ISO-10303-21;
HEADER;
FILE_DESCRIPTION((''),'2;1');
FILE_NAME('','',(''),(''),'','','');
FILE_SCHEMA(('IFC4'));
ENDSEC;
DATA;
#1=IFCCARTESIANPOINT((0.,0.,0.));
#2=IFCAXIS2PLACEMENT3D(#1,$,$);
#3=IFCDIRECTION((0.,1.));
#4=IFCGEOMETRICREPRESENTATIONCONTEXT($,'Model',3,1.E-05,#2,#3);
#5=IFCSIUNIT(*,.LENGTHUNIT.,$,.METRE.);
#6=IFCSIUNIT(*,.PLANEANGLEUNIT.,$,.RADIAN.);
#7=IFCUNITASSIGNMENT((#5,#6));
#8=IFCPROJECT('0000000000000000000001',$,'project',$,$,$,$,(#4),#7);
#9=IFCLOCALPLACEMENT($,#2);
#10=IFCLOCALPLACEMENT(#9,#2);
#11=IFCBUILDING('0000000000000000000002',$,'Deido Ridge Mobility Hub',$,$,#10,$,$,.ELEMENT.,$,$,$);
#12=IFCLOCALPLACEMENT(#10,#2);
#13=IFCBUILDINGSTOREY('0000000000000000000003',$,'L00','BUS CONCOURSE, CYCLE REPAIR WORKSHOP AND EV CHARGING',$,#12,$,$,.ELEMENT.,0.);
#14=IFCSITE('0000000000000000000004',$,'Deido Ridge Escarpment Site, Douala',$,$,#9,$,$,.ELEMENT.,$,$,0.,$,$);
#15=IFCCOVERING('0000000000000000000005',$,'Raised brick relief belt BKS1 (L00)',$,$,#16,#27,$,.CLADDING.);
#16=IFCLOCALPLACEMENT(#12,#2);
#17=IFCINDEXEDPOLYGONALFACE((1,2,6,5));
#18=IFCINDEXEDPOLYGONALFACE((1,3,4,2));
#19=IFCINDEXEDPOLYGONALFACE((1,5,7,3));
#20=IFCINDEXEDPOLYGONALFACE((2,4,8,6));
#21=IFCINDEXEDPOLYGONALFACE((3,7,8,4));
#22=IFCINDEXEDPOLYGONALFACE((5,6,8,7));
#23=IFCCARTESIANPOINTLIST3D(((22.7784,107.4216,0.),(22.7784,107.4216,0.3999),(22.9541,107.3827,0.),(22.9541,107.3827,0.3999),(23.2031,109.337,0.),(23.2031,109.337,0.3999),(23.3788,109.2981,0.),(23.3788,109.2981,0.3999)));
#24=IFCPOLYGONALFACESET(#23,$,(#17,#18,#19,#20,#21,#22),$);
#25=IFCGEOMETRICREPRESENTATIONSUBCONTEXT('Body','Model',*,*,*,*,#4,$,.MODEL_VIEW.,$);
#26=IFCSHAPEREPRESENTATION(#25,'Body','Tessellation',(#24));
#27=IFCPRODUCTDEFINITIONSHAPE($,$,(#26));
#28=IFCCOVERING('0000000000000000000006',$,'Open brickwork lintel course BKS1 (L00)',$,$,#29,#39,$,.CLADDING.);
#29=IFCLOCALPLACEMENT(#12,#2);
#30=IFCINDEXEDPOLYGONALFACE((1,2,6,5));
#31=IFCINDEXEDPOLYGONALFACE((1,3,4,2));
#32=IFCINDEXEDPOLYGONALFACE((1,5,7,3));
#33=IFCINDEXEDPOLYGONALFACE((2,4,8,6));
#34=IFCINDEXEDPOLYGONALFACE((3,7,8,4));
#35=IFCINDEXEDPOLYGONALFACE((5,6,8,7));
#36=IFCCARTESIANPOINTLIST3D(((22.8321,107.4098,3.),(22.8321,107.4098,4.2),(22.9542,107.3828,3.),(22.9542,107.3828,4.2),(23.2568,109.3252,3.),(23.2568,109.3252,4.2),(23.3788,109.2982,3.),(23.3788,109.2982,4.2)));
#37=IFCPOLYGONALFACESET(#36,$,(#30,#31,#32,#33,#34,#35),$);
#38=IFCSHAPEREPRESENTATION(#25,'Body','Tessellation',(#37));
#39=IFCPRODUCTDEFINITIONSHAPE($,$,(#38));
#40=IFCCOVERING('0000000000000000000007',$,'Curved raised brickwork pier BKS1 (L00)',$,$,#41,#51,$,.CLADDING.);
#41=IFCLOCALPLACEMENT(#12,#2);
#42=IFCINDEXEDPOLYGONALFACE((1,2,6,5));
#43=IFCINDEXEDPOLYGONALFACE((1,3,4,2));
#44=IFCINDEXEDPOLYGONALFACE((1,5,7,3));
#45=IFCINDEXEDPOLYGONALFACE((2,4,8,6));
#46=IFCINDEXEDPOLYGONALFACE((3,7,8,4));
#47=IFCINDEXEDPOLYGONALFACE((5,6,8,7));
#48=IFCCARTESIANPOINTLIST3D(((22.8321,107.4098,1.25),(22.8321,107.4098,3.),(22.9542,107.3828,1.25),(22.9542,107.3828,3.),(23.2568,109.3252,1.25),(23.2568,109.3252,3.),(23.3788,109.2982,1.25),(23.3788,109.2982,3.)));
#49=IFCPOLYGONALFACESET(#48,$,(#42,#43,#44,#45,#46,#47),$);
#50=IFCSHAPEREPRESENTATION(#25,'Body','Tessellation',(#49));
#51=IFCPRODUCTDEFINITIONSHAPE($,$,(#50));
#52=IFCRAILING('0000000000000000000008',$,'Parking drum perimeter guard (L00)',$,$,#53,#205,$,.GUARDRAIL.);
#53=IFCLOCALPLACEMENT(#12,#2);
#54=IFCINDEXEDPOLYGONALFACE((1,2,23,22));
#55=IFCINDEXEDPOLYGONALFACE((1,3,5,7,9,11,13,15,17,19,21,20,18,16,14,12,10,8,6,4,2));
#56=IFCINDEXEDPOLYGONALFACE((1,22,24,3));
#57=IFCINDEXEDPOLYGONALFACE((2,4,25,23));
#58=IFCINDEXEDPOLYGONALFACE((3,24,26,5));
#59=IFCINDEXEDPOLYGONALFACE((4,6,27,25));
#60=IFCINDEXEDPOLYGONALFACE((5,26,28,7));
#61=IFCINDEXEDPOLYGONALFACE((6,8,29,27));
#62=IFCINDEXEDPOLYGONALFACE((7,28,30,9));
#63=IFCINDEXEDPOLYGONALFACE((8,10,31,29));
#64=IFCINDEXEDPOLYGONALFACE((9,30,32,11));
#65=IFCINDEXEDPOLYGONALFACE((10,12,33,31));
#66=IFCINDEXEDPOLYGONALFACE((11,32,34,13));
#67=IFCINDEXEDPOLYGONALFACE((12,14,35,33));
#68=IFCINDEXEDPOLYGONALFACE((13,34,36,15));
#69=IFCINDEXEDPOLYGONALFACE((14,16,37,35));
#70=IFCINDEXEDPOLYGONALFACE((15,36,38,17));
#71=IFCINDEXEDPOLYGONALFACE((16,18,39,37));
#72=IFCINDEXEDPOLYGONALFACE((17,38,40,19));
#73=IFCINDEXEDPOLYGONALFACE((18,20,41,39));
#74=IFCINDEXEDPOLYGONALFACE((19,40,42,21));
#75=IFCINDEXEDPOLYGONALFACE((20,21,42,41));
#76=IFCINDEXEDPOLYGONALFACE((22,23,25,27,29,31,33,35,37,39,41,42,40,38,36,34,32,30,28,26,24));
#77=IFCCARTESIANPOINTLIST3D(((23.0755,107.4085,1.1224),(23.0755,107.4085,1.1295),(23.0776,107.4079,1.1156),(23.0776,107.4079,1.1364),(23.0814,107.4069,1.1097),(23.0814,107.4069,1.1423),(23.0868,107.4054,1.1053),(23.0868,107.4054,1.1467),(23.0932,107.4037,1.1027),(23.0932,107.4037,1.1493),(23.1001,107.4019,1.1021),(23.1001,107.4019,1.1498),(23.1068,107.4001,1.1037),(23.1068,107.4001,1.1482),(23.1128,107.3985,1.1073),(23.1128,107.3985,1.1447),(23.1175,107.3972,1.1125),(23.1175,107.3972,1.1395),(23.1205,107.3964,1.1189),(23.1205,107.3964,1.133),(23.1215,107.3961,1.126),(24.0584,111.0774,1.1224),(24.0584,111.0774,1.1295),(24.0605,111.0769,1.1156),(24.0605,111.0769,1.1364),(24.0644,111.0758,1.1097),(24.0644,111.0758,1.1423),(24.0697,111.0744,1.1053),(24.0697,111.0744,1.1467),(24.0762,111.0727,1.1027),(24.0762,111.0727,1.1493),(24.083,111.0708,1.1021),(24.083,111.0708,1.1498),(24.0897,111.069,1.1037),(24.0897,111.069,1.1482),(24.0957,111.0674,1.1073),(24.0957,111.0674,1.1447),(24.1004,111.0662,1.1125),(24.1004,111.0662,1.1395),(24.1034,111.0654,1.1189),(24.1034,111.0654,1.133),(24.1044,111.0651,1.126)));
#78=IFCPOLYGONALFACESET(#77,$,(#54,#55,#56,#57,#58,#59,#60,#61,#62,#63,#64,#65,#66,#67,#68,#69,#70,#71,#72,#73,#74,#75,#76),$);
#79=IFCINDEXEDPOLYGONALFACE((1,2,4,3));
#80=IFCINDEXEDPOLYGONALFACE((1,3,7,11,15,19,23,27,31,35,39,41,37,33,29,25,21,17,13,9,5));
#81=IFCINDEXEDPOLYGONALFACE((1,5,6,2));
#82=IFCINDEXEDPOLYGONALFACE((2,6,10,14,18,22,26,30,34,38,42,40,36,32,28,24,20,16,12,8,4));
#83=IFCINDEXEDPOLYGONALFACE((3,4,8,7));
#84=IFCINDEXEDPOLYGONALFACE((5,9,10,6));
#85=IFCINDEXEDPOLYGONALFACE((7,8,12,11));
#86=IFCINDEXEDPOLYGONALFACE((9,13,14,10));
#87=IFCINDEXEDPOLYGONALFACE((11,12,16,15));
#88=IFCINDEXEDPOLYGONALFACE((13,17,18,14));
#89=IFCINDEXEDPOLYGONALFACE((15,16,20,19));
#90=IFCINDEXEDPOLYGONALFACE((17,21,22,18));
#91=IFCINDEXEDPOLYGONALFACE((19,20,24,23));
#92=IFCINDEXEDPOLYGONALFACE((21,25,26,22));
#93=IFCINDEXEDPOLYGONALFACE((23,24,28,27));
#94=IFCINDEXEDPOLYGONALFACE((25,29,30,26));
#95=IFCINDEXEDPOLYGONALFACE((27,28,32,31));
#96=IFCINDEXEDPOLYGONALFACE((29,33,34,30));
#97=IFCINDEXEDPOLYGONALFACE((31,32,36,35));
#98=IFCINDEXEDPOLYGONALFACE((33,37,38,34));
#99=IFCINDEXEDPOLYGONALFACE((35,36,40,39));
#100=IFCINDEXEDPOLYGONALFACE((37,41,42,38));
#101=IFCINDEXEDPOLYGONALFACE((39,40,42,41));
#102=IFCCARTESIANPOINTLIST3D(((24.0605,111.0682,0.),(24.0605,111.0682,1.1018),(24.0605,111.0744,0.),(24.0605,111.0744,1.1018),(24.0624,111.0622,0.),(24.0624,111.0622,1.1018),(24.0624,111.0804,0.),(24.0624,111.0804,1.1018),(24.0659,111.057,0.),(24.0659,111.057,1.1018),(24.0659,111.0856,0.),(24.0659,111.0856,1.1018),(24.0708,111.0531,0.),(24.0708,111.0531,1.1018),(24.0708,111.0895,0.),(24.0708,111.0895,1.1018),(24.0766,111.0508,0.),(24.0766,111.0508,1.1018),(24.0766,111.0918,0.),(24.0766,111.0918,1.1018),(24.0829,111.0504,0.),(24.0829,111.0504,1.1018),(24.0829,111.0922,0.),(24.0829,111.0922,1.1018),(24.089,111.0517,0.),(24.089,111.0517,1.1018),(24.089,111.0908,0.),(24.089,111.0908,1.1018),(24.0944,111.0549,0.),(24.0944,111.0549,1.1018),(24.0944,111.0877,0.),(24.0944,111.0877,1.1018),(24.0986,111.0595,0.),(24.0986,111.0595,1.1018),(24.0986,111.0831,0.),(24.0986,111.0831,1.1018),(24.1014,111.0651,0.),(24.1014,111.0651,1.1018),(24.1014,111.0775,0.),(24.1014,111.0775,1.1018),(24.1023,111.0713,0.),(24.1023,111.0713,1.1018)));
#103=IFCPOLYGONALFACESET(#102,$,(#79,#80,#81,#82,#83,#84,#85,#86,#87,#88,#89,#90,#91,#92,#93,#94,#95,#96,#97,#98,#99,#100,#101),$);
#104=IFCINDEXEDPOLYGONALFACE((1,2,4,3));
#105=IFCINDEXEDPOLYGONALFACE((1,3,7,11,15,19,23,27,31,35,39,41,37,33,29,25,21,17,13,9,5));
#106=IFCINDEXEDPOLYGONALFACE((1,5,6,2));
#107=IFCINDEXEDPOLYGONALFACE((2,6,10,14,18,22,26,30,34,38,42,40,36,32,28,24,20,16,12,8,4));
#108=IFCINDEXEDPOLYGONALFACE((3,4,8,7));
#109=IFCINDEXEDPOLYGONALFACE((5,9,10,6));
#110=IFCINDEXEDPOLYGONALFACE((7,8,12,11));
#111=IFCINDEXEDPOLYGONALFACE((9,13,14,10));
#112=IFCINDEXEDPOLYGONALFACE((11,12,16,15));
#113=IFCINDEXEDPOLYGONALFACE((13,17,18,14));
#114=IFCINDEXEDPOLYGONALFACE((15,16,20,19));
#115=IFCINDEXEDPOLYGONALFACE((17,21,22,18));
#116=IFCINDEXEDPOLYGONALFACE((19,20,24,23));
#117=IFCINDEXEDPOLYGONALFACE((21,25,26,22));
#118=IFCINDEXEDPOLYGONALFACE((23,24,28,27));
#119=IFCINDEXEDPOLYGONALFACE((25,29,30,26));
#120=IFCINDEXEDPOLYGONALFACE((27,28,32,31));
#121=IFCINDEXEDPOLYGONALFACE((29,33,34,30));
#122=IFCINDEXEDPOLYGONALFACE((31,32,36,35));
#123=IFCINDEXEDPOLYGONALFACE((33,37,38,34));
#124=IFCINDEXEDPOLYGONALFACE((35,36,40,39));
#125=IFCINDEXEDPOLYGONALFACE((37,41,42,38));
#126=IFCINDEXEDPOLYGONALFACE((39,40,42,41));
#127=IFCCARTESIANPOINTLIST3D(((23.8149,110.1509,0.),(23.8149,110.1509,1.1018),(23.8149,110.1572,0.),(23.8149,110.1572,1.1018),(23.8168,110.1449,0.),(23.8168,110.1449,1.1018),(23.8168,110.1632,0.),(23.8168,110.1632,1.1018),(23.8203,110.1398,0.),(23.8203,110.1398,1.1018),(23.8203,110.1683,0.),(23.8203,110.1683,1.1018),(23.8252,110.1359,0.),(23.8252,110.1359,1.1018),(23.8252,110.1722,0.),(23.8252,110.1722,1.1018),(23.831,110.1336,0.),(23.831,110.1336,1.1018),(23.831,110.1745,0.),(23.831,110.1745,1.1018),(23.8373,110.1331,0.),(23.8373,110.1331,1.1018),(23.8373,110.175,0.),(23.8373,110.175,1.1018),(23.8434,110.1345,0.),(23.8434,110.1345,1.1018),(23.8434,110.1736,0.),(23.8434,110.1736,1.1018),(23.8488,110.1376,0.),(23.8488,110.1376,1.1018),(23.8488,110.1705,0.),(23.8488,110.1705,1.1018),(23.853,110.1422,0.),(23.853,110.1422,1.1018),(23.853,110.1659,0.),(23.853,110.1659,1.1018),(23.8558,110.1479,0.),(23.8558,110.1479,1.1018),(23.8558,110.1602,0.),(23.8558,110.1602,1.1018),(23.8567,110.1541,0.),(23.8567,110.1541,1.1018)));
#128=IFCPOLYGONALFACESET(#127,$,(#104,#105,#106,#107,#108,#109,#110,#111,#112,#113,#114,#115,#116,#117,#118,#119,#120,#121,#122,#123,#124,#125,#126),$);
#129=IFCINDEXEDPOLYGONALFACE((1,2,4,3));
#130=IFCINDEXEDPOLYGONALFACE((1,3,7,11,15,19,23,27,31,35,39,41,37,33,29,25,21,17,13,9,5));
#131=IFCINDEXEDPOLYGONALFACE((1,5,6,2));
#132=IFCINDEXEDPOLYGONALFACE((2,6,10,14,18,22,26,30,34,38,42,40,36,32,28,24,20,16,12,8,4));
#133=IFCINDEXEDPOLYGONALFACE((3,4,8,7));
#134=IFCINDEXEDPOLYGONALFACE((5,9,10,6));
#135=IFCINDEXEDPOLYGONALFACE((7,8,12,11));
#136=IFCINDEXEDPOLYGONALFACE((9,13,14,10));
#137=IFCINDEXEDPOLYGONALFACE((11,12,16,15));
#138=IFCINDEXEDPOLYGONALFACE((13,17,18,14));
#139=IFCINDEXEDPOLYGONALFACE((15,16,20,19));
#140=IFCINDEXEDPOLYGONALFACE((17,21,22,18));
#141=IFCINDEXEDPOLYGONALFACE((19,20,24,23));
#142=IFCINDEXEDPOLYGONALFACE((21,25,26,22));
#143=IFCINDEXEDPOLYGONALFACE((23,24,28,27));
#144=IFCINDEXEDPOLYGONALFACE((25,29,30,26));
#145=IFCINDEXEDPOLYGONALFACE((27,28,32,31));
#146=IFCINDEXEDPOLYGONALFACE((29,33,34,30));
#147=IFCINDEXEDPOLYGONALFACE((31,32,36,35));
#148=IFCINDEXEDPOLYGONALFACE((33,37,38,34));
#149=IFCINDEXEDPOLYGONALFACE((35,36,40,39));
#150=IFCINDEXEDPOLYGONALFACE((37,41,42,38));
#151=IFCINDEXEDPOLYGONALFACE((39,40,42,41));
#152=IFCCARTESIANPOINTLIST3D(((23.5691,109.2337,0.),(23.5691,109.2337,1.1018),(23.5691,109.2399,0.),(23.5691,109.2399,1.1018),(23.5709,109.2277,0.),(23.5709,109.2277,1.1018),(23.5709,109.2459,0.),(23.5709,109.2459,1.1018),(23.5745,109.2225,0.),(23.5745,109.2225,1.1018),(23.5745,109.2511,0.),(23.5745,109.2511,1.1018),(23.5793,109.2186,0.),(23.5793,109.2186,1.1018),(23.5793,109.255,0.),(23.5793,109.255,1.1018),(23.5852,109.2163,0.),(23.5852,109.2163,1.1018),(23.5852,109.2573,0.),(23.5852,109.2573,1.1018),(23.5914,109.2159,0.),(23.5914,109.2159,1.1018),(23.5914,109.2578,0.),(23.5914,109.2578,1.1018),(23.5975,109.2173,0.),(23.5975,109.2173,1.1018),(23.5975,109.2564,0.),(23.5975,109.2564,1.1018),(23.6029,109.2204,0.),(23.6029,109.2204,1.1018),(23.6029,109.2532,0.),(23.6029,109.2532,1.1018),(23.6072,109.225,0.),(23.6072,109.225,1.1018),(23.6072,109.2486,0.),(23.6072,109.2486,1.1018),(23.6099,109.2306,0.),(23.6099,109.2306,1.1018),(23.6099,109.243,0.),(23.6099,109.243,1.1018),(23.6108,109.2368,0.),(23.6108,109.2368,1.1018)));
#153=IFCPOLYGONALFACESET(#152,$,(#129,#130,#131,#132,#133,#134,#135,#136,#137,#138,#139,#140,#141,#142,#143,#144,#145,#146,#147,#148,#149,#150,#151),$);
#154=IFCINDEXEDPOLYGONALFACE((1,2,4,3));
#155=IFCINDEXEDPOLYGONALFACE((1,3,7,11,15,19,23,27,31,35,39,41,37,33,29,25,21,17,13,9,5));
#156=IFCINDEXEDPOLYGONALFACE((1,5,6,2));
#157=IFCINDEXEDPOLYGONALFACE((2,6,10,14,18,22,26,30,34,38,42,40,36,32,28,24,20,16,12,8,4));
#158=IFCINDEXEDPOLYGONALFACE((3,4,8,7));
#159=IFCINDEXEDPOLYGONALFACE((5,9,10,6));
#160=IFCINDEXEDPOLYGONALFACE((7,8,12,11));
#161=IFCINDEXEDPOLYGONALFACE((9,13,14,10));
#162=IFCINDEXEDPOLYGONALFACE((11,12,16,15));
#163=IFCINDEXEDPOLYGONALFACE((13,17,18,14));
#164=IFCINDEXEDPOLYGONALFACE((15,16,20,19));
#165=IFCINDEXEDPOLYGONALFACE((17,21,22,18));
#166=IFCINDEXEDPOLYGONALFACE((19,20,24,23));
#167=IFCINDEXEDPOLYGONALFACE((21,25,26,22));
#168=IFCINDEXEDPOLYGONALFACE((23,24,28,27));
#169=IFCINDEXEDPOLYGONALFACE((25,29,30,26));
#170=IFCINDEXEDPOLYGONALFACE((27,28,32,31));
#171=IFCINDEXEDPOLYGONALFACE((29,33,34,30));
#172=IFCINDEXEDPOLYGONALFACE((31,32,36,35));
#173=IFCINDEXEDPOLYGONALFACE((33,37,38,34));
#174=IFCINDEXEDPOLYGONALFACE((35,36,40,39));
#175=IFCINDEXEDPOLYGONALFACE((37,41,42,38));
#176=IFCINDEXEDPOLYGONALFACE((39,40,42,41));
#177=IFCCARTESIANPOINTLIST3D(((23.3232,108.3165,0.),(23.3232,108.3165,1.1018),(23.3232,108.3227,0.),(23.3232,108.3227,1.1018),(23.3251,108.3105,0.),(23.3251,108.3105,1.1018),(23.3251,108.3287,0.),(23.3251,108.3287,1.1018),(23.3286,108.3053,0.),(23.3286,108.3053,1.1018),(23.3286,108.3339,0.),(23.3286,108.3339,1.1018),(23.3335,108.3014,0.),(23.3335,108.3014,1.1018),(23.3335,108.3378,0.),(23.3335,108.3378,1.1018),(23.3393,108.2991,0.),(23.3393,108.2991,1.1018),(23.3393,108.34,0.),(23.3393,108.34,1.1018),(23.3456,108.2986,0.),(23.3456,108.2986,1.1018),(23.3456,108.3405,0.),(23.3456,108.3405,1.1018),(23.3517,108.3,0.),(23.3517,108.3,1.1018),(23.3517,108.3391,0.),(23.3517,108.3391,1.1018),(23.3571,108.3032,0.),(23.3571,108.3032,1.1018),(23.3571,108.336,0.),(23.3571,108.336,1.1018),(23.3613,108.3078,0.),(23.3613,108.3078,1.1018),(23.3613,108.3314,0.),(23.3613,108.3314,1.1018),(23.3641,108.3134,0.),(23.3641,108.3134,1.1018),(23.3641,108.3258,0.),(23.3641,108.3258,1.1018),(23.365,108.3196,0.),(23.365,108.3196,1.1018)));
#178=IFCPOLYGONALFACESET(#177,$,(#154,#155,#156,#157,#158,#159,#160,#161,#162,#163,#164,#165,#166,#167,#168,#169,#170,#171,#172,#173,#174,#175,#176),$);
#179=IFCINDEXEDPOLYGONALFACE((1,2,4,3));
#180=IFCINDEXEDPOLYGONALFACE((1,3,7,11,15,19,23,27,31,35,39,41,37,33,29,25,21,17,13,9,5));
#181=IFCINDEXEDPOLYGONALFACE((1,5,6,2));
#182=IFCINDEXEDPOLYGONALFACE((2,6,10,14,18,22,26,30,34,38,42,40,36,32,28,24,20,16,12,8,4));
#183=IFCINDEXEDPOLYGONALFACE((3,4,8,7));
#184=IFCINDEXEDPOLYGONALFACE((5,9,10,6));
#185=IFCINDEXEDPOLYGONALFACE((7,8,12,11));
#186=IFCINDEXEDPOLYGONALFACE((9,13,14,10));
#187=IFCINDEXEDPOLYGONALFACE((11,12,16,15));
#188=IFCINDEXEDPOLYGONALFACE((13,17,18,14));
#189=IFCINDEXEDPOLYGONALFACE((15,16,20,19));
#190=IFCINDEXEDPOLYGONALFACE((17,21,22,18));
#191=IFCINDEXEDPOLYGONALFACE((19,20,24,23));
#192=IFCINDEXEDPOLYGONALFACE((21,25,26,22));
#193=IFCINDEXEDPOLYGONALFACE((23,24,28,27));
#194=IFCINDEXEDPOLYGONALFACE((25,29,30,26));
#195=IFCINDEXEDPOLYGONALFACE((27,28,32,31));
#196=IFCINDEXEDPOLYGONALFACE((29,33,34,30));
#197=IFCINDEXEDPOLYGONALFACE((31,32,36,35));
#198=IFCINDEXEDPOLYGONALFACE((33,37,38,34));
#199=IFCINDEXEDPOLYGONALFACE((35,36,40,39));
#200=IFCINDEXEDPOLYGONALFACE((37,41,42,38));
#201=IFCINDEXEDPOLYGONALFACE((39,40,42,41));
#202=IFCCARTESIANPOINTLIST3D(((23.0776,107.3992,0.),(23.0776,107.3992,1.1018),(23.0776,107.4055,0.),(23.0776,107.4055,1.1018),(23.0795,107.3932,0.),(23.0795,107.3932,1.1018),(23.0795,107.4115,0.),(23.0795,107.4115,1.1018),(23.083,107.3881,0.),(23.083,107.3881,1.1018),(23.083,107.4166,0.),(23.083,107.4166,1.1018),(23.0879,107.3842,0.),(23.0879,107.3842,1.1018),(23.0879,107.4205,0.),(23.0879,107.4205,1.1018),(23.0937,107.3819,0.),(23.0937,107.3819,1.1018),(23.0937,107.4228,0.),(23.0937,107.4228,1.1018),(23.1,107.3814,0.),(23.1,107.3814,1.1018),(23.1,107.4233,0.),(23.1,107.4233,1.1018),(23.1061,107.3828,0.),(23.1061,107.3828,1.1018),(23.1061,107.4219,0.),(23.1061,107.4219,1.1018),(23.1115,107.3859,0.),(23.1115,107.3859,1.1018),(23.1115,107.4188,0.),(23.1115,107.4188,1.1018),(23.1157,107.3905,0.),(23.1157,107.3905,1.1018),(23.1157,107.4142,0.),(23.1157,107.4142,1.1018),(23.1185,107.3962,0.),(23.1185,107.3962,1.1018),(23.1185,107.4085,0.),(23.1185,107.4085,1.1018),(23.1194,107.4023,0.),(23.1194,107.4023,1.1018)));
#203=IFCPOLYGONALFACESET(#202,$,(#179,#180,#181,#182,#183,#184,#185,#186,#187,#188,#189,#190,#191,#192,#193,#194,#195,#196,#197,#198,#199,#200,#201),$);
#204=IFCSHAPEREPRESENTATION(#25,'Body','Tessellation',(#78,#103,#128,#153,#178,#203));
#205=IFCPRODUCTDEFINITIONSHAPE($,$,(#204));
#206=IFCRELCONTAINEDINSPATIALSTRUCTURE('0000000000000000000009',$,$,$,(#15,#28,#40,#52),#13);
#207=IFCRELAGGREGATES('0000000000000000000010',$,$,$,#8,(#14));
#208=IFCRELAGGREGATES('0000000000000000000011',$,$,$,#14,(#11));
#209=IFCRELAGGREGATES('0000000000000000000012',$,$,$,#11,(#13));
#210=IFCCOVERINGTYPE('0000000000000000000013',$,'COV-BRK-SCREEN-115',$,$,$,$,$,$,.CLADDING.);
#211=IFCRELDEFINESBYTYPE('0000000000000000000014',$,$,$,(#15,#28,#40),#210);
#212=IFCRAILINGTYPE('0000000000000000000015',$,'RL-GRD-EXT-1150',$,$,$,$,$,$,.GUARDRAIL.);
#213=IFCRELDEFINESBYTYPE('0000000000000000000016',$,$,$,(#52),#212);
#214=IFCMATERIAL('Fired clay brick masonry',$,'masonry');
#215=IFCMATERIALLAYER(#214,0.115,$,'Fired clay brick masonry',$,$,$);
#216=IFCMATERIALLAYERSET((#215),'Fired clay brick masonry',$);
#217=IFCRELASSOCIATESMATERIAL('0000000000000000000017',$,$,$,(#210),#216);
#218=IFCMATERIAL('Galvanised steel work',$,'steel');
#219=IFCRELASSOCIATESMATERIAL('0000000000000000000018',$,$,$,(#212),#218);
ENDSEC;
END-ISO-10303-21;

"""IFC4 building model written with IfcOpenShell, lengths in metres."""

from ifc_helpers import new_model, si_unit, direction, frame, origin, origin_2d, place, context, subcontext, project, spatial, rectangle, circle, extrude, material, layer, layer_set, type_object, element, save


model = new_model("IFC4")

# Units and contexts
model_context = context("Model", 3, precision=1e-05, world=origin(), true_north=direction((0.0, 1.0)))
body_context = subcontext(model_context, "Body", "Model", "MODEL_VIEW")
ifc_project = project(units=[si_unit("LENGTHUNIT", "METRE"), si_unit("PLANEANGLEUNIT", "RADIAN")], contexts=[model_context])

# Site, building, storey
site_placement = place(None, origin())
site = spatial("IfcSite", under=ifc_project, at=site_placement, Name="Deido Ridge Escarpment Site, Douala", CompositionType="ELEMENT", RefElevation=0.0)
building_placement = place(site_placement, origin())
building = spatial("IfcBuilding", under=site, at=building_placement, Name="Deido Ridge Mobility Hub", CompositionType="ELEMENT")
storey_placement = place(building_placement, origin())
storey = spatial("IfcBuildingStorey", under=building, at=storey_placement, Name="L00", Description="BUS CONCOURSE, CYCLE REPAIR WORKSHOP AND EV CHARGING", CompositionType="ELEMENT", Elevation=0.0)

# Shared definitions
ifc_material_1 = material(Name="Fired clay brick masonry", Category="masonry")

# Shared definitions
ifc_material_2 = material(Name="Galvanised steel work", Category="steel")

# Coverings
ifc_layer_1 = layer(ifc_material_1, 0.115, Name="Fired clay brick masonry")
ifc_layer_set_1 = layer_set([ifc_layer_1], Name="Fired clay brick masonry")
covering_type = type_object("IfcCoveringType", Name="COV-BRK-SCREEN-115", PredefinedType="CLADDING", material=ifc_layer_set_1)
covering_1_placement = place(storey_placement, frame((23.0786, 108.3599, 0.0), z_axis=(0.0, 0.0, 1.0), x_axis=(-0.216457, -0.976292, 0.0)))
element("IfcCovering", 1, at=covering_1_placement, inside=storey, type_object=covering_type, Name="Raised brick relief belt BKS1 (L00)", PredefinedType="CLADDING", context=body_context, shape_type="SweptSolid", body=[
    extrude(rectangle(XDim=1.9619, YDim=0.1799, at=origin_2d()), origin(), (0.0, 0.0, 1.0), 0.3999),
])
covering_2_placement = place(storey_placement, frame((23.1055, 108.354, 3.0), z_axis=(0.0, 0.0, 1.0), x_axis=(-0.216457, -0.976292, 0.0)))
element("IfcCovering", 2, at=covering_2_placement, inside=storey, type_object=covering_type, Name="Open brickwork lintel course BKS1 (L00)", PredefinedType="CLADDING", context=body_context, shape_type="SweptSolid", body=[
    extrude(rectangle(XDim=1.9619, YDim=0.125, at=origin_2d()), origin(), (0.0, 0.0, 1.0), 1.2),
])
covering_3_placement = place(storey_placement, frame((23.1055, 108.354, 1.25), z_axis=(0.0, 0.0, 1.0), x_axis=(-0.216457, -0.976292, 0.0)))
element("IfcCovering", 3, at=covering_3_placement, inside=storey, type_object=covering_type, Name="Curved raised brickwork pier BKS1 (L00)", PredefinedType="CLADDING", context=body_context, shape_type="SweptSolid", body=[
    extrude(rectangle(XDim=1.9619, YDim=0.125, at=origin_2d()), origin(), (0.0, 0.0, 1.0), 1.75),
])

# Railing
railing_type = type_object("IfcRailingType", Name="RL-GRD-EXT-1150", PredefinedType="GUARDRAIL", material=ifc_material_2)
railing_placement = place(storey_placement, frame((24.0813, 111.0713, 0.0)))
element("IfcRailing", 4, at=railing_placement, inside=storey, type_object=railing_type, Name="Parking drum perimeter guard (L00)", PredefinedType="GUARDRAIL", context=body_context, shape_type="SweptSolid", body=[
    extrude(circle(Radius=0.0239, at=origin_2d()), frame((0.0, 0.0, 1.126), z_axis=(-0.258775, -0.965938, 0.0), x_axis=(0.965938, -0.258775, 0.0)), (0.0, 0.0, 1.0), 3.7983),
    extrude(circle(Radius=0.021, at=origin_2d()), origin(), (0.0, 0.0, 1.0), 1.1018),
    extrude(circle(Radius=0.021, at=origin_2d()), frame((-0.2456, -0.9172, 0.0)), (0.0, 0.0, 1.0), 1.1018),
    extrude(circle(Radius=0.021, at=origin_2d()), frame((-0.4915, -1.8345, 0.0)), (0.0, 0.0, 1.0), 1.1018),
    extrude(circle(Radius=0.021, at=origin_2d()), frame((-0.7373, -2.7517, 0.0)), (0.0, 0.0, 1.0), 1.1018),
    extrude(circle(Radius=0.021, at=origin_2d()), frame((-0.9829, -3.6689, 0.0)), (0.0, 0.0, 1.0), 1.1018),
])

save(model, "model.ifc")
